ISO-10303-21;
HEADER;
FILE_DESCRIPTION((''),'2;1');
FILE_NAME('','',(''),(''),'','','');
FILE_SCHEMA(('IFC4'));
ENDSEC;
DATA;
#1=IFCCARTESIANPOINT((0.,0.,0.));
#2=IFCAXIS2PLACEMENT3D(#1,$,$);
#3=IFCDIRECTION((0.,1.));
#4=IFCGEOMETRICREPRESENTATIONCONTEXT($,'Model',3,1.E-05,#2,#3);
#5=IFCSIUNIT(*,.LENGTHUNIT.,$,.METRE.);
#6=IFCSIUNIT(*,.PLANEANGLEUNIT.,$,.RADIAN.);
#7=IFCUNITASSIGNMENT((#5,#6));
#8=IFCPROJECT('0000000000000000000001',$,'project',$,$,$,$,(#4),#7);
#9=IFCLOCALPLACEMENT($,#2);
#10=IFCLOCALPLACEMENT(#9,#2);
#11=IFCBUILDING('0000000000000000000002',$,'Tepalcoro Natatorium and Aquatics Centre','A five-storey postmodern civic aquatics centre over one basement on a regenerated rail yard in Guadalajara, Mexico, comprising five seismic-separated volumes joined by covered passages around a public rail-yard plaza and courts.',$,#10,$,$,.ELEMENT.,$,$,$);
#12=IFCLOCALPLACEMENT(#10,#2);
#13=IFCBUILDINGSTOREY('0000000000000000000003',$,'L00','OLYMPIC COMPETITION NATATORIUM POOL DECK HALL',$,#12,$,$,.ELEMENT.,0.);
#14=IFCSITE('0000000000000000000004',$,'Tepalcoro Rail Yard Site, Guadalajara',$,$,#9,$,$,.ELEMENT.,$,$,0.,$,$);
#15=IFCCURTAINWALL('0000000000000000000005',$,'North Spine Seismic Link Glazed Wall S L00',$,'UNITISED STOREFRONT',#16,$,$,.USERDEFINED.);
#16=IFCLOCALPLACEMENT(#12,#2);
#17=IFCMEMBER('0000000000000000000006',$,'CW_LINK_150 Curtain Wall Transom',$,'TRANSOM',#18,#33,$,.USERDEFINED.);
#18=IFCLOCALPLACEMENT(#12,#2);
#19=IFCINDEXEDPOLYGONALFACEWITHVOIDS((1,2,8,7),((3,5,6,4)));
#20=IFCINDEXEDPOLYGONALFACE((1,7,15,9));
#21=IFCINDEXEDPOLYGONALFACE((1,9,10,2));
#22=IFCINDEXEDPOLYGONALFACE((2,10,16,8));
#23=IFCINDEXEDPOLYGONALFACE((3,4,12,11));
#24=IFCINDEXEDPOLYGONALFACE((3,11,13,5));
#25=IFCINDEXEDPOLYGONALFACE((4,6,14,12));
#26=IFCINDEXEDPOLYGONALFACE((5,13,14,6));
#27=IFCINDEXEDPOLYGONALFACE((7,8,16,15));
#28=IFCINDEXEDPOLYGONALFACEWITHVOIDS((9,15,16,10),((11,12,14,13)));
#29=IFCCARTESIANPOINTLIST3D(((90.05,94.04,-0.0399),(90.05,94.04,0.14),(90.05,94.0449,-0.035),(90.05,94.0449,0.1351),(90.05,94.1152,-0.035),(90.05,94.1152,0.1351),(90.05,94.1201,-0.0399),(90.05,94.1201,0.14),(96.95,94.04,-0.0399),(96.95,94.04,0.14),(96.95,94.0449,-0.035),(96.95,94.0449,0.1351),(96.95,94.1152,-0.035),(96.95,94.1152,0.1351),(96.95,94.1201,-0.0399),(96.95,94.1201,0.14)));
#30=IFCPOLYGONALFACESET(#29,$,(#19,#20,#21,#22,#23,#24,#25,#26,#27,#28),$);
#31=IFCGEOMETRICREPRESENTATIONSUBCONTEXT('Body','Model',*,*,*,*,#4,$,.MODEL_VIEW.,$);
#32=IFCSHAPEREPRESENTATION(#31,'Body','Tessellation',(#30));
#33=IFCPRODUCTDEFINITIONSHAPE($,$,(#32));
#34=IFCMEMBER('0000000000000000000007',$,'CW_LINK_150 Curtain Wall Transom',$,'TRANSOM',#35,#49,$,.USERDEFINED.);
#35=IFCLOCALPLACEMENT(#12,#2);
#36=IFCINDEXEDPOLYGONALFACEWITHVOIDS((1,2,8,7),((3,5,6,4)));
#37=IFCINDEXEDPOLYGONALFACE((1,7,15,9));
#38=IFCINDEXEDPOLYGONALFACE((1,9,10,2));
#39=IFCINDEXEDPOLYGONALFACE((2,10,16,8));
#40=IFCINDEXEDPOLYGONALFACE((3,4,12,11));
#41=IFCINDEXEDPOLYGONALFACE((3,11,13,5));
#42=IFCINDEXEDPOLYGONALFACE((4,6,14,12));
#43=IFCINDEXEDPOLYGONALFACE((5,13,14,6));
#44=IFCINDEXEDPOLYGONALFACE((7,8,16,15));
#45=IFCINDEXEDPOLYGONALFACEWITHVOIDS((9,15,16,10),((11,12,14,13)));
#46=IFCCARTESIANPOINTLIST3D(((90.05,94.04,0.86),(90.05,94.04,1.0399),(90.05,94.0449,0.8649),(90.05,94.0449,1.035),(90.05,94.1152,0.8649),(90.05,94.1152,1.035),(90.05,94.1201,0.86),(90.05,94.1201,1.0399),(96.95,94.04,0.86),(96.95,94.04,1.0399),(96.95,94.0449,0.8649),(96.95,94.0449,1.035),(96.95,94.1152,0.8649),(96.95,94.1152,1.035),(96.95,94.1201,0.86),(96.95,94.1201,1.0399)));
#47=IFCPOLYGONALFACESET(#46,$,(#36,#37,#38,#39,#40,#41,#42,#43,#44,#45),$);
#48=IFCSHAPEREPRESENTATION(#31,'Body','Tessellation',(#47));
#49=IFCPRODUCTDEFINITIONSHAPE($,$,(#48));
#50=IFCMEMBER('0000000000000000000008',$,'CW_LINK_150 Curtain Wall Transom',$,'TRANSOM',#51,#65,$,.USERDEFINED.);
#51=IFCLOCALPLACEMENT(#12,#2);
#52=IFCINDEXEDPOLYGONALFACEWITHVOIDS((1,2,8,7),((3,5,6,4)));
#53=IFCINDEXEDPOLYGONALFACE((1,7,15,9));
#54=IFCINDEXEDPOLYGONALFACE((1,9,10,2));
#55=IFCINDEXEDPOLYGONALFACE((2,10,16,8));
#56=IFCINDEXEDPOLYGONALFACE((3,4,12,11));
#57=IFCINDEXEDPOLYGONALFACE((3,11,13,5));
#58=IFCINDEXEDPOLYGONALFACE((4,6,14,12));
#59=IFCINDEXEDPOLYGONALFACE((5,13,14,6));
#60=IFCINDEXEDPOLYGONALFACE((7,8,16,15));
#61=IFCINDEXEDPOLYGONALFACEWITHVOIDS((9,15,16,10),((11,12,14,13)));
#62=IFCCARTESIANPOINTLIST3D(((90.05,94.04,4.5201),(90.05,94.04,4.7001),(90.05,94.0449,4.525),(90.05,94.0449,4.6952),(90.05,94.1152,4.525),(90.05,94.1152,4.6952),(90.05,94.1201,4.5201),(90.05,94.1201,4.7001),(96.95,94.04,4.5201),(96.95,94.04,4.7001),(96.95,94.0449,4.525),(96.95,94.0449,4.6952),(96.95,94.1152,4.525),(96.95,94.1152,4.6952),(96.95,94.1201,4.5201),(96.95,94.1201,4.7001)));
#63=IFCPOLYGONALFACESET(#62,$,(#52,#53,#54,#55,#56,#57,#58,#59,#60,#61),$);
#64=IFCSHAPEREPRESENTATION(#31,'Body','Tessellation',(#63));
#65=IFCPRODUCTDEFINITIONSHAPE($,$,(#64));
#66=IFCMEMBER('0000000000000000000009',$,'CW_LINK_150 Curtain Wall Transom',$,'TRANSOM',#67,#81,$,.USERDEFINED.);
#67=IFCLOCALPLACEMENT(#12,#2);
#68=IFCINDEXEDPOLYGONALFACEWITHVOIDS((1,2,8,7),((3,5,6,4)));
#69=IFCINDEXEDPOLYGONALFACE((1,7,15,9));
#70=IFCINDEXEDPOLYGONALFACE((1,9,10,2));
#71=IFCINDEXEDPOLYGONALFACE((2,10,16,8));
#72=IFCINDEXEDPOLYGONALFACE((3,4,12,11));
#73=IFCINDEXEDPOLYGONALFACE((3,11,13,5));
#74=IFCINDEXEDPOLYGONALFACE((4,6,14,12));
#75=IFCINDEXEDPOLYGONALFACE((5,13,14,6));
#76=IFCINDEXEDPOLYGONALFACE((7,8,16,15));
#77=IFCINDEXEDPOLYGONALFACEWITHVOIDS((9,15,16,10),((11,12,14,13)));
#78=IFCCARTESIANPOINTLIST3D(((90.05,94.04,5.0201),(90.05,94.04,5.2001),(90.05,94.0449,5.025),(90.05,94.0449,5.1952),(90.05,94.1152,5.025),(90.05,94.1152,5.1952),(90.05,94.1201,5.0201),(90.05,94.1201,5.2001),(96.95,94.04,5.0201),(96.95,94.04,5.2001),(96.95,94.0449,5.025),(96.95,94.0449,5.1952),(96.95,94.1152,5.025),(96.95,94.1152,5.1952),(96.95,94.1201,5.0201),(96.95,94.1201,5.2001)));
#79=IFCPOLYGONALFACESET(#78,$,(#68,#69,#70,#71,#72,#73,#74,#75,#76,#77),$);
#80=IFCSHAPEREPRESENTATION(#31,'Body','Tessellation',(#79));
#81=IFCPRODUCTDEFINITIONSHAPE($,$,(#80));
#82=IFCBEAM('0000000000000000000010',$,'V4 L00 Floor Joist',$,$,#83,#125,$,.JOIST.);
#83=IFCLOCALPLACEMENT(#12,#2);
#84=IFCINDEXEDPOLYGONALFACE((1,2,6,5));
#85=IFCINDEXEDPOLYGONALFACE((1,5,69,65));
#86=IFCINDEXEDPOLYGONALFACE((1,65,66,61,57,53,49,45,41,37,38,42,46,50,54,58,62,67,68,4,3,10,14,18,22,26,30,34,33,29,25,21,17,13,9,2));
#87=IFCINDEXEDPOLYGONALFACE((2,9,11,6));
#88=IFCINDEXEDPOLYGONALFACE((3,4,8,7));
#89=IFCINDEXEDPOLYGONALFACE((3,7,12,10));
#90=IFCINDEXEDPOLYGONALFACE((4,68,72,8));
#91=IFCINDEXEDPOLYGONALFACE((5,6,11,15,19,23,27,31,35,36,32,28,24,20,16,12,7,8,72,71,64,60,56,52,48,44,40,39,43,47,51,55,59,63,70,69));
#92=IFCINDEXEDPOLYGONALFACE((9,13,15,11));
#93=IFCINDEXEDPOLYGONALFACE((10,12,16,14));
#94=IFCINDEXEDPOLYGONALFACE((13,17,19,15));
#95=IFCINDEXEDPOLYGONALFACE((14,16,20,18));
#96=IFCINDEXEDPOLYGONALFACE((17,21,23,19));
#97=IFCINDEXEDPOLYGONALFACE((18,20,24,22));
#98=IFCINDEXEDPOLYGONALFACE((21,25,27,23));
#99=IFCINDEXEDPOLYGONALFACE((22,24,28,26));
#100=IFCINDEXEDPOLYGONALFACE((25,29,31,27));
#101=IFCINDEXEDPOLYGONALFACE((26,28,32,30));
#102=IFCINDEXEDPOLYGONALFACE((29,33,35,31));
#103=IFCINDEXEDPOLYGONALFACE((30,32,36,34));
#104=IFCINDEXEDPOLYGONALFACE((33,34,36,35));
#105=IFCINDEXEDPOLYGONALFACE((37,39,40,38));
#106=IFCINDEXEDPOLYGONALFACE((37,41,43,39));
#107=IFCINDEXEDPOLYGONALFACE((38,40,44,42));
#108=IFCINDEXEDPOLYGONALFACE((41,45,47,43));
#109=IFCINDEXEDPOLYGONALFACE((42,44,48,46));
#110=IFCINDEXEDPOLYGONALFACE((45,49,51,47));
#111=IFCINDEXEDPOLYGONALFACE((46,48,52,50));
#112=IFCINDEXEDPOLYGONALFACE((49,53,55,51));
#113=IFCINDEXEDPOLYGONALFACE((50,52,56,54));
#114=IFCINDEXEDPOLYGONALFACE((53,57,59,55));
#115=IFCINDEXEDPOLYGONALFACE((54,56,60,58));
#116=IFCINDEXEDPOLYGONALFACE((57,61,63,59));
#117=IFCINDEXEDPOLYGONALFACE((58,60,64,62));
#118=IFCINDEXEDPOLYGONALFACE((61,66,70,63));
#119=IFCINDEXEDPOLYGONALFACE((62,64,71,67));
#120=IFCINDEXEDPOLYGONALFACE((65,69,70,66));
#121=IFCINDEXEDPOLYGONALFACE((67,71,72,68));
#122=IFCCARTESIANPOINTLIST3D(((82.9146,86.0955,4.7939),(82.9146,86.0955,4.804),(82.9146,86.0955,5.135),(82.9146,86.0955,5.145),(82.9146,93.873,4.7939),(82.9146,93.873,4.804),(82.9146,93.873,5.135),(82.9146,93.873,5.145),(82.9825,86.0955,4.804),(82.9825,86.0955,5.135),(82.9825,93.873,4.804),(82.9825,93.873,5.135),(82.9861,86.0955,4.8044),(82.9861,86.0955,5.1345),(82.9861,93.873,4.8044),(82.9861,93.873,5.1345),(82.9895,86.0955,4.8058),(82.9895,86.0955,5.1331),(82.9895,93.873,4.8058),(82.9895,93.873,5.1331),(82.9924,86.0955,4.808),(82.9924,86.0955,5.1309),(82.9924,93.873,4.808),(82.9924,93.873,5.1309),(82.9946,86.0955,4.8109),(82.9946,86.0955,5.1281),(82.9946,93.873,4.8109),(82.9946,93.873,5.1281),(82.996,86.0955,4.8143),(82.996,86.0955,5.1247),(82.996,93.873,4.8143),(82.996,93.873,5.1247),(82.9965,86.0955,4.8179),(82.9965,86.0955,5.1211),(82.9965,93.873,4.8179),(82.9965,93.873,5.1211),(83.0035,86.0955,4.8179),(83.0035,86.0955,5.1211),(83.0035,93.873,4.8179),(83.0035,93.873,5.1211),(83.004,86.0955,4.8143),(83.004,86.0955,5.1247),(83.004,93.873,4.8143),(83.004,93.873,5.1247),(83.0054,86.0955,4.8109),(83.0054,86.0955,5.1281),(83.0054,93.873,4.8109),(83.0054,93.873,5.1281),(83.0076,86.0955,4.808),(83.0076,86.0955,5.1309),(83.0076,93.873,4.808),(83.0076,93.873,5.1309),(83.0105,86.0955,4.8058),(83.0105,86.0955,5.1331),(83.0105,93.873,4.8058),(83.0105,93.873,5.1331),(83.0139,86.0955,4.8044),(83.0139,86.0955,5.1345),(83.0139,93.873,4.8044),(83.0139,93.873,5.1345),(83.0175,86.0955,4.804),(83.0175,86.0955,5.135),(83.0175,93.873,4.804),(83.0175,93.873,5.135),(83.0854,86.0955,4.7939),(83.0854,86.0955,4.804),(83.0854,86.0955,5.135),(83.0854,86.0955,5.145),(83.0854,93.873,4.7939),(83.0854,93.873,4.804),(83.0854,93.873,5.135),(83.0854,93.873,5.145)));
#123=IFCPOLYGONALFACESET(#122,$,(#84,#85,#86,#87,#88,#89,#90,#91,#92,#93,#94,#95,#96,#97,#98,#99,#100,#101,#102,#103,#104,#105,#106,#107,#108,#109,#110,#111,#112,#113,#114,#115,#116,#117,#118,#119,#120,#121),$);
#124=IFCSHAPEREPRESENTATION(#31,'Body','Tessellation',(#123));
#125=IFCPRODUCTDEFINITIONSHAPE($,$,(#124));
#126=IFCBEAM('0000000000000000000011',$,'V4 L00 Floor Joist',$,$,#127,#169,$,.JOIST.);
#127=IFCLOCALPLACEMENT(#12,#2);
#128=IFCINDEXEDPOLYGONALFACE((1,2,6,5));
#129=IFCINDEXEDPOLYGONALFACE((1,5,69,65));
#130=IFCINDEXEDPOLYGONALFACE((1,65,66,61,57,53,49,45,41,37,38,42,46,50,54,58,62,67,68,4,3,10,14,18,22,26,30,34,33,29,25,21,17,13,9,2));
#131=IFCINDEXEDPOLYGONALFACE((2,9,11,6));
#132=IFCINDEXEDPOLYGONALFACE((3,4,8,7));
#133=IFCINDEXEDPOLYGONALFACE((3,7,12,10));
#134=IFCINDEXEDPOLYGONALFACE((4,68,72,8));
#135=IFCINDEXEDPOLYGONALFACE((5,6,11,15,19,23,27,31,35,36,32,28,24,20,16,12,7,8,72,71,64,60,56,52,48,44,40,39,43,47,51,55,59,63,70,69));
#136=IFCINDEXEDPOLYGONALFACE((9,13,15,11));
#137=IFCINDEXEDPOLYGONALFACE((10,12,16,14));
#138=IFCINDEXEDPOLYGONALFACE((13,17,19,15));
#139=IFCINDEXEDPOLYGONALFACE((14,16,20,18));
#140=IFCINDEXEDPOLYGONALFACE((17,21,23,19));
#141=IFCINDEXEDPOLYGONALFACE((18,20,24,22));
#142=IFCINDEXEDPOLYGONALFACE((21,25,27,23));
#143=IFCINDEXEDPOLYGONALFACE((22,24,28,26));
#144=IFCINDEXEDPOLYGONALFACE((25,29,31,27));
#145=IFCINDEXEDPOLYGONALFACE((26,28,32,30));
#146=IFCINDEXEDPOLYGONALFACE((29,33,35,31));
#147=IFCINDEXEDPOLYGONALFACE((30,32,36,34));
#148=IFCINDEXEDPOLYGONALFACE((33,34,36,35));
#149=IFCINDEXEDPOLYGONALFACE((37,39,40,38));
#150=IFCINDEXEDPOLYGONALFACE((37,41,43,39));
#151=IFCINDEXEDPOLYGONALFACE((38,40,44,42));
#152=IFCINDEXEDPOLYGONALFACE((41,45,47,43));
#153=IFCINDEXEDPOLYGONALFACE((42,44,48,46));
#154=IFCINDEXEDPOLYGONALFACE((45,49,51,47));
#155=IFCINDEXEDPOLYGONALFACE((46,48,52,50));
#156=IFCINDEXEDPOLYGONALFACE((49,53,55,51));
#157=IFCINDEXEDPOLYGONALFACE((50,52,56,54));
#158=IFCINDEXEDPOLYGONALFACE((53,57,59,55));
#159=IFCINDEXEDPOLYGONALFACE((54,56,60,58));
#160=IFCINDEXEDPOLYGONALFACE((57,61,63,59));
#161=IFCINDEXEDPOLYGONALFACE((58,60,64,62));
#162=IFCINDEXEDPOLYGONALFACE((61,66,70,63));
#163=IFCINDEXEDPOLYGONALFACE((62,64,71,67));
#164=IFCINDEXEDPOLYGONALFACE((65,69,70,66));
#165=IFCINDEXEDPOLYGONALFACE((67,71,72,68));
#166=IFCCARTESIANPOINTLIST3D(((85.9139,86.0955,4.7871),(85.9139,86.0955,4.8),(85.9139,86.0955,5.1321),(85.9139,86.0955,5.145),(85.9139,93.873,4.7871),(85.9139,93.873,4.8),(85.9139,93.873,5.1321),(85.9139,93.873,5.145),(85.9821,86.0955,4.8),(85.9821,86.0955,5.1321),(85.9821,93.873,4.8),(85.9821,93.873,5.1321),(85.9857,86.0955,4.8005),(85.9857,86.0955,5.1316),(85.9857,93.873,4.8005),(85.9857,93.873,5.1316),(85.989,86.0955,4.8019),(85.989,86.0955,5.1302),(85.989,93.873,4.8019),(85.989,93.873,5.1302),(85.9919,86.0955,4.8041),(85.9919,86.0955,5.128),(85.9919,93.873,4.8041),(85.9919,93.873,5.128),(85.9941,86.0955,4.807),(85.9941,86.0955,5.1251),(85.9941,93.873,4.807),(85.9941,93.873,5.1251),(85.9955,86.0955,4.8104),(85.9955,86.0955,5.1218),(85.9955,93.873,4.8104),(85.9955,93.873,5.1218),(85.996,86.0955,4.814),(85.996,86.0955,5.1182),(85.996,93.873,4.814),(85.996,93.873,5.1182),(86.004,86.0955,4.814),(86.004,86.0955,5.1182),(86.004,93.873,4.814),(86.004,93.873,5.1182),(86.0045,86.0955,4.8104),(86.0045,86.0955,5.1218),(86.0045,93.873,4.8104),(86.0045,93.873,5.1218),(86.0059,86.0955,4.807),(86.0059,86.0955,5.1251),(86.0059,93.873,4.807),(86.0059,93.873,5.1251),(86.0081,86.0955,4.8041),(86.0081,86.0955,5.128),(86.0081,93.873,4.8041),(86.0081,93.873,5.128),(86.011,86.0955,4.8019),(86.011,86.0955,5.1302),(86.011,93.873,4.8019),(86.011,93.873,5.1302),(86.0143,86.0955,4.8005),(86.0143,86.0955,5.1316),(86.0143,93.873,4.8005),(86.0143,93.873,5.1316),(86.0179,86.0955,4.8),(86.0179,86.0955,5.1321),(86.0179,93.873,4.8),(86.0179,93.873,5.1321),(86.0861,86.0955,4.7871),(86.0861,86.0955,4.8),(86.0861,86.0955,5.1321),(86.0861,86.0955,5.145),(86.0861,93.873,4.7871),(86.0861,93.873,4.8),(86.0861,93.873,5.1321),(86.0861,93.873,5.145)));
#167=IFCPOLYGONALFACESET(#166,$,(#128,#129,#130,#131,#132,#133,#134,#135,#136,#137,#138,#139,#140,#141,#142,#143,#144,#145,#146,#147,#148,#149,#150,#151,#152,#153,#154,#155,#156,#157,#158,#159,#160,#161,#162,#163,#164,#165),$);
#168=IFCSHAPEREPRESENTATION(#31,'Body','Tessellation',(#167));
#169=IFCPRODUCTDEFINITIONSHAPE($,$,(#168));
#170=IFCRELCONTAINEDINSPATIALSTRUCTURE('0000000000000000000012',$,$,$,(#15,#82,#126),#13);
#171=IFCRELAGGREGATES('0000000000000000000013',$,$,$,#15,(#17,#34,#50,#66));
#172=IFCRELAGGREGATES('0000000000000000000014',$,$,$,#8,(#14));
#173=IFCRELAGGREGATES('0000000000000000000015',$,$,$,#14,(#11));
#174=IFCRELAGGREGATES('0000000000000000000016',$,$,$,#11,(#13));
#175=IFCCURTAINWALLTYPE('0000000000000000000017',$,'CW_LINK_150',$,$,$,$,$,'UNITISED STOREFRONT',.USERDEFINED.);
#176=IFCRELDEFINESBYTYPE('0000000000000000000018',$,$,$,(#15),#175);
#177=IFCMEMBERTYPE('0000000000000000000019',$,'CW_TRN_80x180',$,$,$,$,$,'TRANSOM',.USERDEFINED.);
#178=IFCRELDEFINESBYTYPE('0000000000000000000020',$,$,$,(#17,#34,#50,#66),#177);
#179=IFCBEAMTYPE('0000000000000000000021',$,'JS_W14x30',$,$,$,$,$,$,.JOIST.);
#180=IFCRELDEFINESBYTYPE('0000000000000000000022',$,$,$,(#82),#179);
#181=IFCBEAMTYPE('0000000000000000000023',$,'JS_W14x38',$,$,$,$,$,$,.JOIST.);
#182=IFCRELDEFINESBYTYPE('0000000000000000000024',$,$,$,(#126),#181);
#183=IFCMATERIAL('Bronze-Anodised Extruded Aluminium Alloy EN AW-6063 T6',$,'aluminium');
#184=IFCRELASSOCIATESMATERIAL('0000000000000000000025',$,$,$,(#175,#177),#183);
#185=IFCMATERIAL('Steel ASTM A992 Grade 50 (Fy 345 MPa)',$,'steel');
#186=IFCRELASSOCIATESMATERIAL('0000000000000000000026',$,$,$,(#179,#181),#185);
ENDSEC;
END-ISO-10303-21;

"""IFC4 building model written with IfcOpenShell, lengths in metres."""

from ifc_helpers import new_model, si_unit, direction, frame, origin, origin_2d, place, context, subcontext, project, spatial, hollow_rectangle, i_section, extrude, material, material_profile, profile_set, type_object, element, aggregate, save


model = new_model("IFC4")

# Units and contexts
model_context = context("Model", 3, precision=1e-05, world=origin(), true_north=direction((0.0, 1.0)))
body_context = subcontext(model_context, "Body", "Model", "MODEL_VIEW")
ifc_project = project(units=[si_unit("LENGTHUNIT", "METRE"), si_unit("PLANEANGLEUNIT", "RADIAN")], contexts=[model_context])

# Site, building, storey
site_placement = place(None, origin())
site = spatial("IfcSite", under=ifc_project, at=site_placement, Name="Tepalcoro Rail Yard Site, Guadalajara", CompositionType="ELEMENT", RefElevation=0.0)
building_placement = place(site_placement, origin())
building = spatial("IfcBuilding", under=site, at=building_placement, Name="Tepalcoro Natatorium and Aquatics Centre", Description="A five-storey postmodern civic aquatics centre over one basement on a regenerated rail yard in Guadalajara, Mexico, comprising five seismic-separated volumes joined by covered passages around a public rail-yard plaza and courts.", CompositionType="ELEMENT")
storey_placement = place(building_placement, origin())
storey = spatial("IfcBuildingStorey", under=building, at=storey_placement, Name="L00", Description="OLYMPIC COMPETITION NATATORIUM POOL DECK HALL", CompositionType="ELEMENT", Elevation=0.0)

# Shared definitions
ifc_material_1 = material(Name="Steel ASTM A992 Grade 50 (Fy 345 MPa)", Category="steel")

# Curtain wall, members
ifc_material_2 = material(Name="Bronze-Anodised Extruded Aluminium Alloy EN AW-6063 T6", Category="aluminium")
curtain_wall_type = type_object("IfcCurtainWallType", Name="CW_LINK_150", ElementType="UNITISED STOREFRONT", PredefinedType="USERDEFINED", material=ifc_material_2)
curtain_wall_placement = place(storey_placement, origin())
curtain_wall = element("IfcCurtainWall", 1, at=curtain_wall_placement, inside=storey, type_object=curtain_wall_type, Name="North Spine Seismic Link Glazed Wall S L00", ObjectType="UNITISED STOREFRONT", PredefinedType="USERDEFINED")
ifc_material_profile_1 = material_profile(ifc_material_2, hollow_rectangle(XDim=0.0801, YDim=0.1799, WallThickness=0.0049, at=origin_2d()), Name="AL80X180X5")
ifc_profile_set_1 = profile_set([ifc_material_profile_1], Name="Bronze-Anodised Extruded Aluminium Alloy EN AW-6063 T6")
member_type_1 = type_object("IfcMemberType", Name="CW_TRN_80x180", ElementType="TRANSOM", PredefinedType="USERDEFINED", material=ifc_profile_set_1)
member_1_placement = place(storey_placement, frame((90.05, 94.0801, 0.05), z_axis=(1.0, 0.0, 0.0), x_axis=(0.0, 1.0, 0.0)))
member_1 = element("IfcMember", 2, at=member_1_placement, type_object=member_type_1, Name="CW_LINK_150 Curtain Wall Transom", ObjectType="TRANSOM", PredefinedType="USERDEFINED", context=body_context, shape_type="SweptSolid", body=[
    extrude(hollow_rectangle(XDim=0.0801, YDim=0.1799, WallThickness=0.0049, at=origin_2d()), origin(), (0.0, 0.0, 1.0), 6.8999),
])
member_2_placement = place(storey_placement, frame((90.05, 94.0801, 0.95), z_axis=(1.0, 0.0, 0.0), x_axis=(0.0, 1.0, 0.0)))
member_2 = element("IfcMember", 3, at=member_2_placement, type_object=member_type_1, Name="CW_LINK_150 Curtain Wall Transom", ObjectType="TRANSOM", PredefinedType="USERDEFINED", context=body_context, shape_type="SweptSolid", body=[
    extrude(hollow_rectangle(XDim=0.0801, YDim=0.1799, WallThickness=0.0049, at=origin_2d()), origin(), (0.0, 0.0, 1.0), 6.8999),
])
member_3_placement = place(storey_placement, frame((90.05, 94.0801, 4.6101), z_axis=(1.0, 0.0, 0.0), x_axis=(0.0, 1.0, 0.0)))
member_3 = element("IfcMember", 4, at=member_3_placement, type_object=member_type_1, Name="CW_LINK_150 Curtain Wall Transom", ObjectType="TRANSOM", PredefinedType="USERDEFINED", context=body_context, shape_type="SweptSolid", body=[
    extrude(hollow_rectangle(XDim=0.0801, YDim=0.1799, WallThickness=0.0049, at=origin_2d()), origin(), (0.0, 0.0, 1.0), 6.8999),
])
member_4_placement = place(storey_placement, frame((90.05, 94.0801, 5.1101), z_axis=(1.0, 0.0, 0.0), x_axis=(0.0, 1.0, 0.0)))
member_4 = element("IfcMember", 5, at=member_4_placement, type_object=member_type_1, Name="CW_LINK_150 Curtain Wall Transom", ObjectType="TRANSOM", PredefinedType="USERDEFINED", context=body_context, shape_type="SweptSolid", body=[
    extrude(hollow_rectangle(XDim=0.0801, YDim=0.1799, WallThickness=0.0049, at=origin_2d()), origin(), (0.0, 0.0, 1.0), 6.8999),
])

# Beams
ifc_material_profile_2 = material_profile(ifc_material_1, i_section(OverallWidth=0.1709, OverallDepth=0.3511, WebThickness=0.0071, FlangeThickness=0.01, FilletRadius=0.0139, at=origin_2d()), Name="W14X30")
ifc_profile_set_2 = profile_set([ifc_material_profile_2], Name="Steel ASTM A992 Grade 50 (Fy 345 MPa)")
beam_type_1 = type_object("IfcBeamType", Name="JS_W14x30", PredefinedType="JOIST", material=ifc_profile_set_2)
beam_1_placement = place(storey_placement, frame((83.0, 86.0955, 4.9695), z_axis=(0.0, 1.0, 0.0), x_axis=(-1.0, 0.0, 0.0)))
element("IfcBeam", 6, at=beam_1_placement, inside=storey, type_object=beam_type_1, Name="V4 L00 Floor Joist", PredefinedType="JOIST", context=body_context, shape_type="SweptSolid", body=[
    extrude(i_section(OverallWidth=0.1709, OverallDepth=0.3511, WebThickness=0.0071, FlangeThickness=0.01, FilletRadius=0.0139, at=origin_2d()), origin(), (0.0, 0.0, 1.0), 7.7776),
])
ifc_material_profile_3 = material_profile(ifc_material_1, i_section(OverallWidth=0.1721, OverallDepth=0.3579, WebThickness=0.0081, FlangeThickness=0.0129, FilletRadius=0.0139, at=origin_2d()), Name="W14X38")
ifc_profile_set_3 = profile_set([ifc_material_profile_3], Name="Steel ASTM A992 Grade 50 (Fy 345 MPa)")
beam_type_2 = type_object("IfcBeamType", Name="JS_W14x38", PredefinedType="JOIST", material=ifc_profile_set_3)
beam_2_placement = place(storey_placement, frame((86.0, 86.0955, 4.9661), z_axis=(0.0, 1.0, 0.0), x_axis=(-1.0, 0.0, 0.0)))
element("IfcBeam", 7, at=beam_2_placement, inside=storey, type_object=beam_type_2, Name="V4 L00 Floor Joist", PredefinedType="JOIST", context=body_context, shape_type="SweptSolid", body=[
    extrude(i_section(OverallWidth=0.1721, OverallDepth=0.3579, WebThickness=0.0081, FlangeThickness=0.0129, FilletRadius=0.0139, at=origin_2d()), origin(), (0.0, 0.0, 1.0), 7.7776),
])

aggregate(curtain_wall, [member_1, member_2, member_3, member_4])

save(model, "model.ifc")
